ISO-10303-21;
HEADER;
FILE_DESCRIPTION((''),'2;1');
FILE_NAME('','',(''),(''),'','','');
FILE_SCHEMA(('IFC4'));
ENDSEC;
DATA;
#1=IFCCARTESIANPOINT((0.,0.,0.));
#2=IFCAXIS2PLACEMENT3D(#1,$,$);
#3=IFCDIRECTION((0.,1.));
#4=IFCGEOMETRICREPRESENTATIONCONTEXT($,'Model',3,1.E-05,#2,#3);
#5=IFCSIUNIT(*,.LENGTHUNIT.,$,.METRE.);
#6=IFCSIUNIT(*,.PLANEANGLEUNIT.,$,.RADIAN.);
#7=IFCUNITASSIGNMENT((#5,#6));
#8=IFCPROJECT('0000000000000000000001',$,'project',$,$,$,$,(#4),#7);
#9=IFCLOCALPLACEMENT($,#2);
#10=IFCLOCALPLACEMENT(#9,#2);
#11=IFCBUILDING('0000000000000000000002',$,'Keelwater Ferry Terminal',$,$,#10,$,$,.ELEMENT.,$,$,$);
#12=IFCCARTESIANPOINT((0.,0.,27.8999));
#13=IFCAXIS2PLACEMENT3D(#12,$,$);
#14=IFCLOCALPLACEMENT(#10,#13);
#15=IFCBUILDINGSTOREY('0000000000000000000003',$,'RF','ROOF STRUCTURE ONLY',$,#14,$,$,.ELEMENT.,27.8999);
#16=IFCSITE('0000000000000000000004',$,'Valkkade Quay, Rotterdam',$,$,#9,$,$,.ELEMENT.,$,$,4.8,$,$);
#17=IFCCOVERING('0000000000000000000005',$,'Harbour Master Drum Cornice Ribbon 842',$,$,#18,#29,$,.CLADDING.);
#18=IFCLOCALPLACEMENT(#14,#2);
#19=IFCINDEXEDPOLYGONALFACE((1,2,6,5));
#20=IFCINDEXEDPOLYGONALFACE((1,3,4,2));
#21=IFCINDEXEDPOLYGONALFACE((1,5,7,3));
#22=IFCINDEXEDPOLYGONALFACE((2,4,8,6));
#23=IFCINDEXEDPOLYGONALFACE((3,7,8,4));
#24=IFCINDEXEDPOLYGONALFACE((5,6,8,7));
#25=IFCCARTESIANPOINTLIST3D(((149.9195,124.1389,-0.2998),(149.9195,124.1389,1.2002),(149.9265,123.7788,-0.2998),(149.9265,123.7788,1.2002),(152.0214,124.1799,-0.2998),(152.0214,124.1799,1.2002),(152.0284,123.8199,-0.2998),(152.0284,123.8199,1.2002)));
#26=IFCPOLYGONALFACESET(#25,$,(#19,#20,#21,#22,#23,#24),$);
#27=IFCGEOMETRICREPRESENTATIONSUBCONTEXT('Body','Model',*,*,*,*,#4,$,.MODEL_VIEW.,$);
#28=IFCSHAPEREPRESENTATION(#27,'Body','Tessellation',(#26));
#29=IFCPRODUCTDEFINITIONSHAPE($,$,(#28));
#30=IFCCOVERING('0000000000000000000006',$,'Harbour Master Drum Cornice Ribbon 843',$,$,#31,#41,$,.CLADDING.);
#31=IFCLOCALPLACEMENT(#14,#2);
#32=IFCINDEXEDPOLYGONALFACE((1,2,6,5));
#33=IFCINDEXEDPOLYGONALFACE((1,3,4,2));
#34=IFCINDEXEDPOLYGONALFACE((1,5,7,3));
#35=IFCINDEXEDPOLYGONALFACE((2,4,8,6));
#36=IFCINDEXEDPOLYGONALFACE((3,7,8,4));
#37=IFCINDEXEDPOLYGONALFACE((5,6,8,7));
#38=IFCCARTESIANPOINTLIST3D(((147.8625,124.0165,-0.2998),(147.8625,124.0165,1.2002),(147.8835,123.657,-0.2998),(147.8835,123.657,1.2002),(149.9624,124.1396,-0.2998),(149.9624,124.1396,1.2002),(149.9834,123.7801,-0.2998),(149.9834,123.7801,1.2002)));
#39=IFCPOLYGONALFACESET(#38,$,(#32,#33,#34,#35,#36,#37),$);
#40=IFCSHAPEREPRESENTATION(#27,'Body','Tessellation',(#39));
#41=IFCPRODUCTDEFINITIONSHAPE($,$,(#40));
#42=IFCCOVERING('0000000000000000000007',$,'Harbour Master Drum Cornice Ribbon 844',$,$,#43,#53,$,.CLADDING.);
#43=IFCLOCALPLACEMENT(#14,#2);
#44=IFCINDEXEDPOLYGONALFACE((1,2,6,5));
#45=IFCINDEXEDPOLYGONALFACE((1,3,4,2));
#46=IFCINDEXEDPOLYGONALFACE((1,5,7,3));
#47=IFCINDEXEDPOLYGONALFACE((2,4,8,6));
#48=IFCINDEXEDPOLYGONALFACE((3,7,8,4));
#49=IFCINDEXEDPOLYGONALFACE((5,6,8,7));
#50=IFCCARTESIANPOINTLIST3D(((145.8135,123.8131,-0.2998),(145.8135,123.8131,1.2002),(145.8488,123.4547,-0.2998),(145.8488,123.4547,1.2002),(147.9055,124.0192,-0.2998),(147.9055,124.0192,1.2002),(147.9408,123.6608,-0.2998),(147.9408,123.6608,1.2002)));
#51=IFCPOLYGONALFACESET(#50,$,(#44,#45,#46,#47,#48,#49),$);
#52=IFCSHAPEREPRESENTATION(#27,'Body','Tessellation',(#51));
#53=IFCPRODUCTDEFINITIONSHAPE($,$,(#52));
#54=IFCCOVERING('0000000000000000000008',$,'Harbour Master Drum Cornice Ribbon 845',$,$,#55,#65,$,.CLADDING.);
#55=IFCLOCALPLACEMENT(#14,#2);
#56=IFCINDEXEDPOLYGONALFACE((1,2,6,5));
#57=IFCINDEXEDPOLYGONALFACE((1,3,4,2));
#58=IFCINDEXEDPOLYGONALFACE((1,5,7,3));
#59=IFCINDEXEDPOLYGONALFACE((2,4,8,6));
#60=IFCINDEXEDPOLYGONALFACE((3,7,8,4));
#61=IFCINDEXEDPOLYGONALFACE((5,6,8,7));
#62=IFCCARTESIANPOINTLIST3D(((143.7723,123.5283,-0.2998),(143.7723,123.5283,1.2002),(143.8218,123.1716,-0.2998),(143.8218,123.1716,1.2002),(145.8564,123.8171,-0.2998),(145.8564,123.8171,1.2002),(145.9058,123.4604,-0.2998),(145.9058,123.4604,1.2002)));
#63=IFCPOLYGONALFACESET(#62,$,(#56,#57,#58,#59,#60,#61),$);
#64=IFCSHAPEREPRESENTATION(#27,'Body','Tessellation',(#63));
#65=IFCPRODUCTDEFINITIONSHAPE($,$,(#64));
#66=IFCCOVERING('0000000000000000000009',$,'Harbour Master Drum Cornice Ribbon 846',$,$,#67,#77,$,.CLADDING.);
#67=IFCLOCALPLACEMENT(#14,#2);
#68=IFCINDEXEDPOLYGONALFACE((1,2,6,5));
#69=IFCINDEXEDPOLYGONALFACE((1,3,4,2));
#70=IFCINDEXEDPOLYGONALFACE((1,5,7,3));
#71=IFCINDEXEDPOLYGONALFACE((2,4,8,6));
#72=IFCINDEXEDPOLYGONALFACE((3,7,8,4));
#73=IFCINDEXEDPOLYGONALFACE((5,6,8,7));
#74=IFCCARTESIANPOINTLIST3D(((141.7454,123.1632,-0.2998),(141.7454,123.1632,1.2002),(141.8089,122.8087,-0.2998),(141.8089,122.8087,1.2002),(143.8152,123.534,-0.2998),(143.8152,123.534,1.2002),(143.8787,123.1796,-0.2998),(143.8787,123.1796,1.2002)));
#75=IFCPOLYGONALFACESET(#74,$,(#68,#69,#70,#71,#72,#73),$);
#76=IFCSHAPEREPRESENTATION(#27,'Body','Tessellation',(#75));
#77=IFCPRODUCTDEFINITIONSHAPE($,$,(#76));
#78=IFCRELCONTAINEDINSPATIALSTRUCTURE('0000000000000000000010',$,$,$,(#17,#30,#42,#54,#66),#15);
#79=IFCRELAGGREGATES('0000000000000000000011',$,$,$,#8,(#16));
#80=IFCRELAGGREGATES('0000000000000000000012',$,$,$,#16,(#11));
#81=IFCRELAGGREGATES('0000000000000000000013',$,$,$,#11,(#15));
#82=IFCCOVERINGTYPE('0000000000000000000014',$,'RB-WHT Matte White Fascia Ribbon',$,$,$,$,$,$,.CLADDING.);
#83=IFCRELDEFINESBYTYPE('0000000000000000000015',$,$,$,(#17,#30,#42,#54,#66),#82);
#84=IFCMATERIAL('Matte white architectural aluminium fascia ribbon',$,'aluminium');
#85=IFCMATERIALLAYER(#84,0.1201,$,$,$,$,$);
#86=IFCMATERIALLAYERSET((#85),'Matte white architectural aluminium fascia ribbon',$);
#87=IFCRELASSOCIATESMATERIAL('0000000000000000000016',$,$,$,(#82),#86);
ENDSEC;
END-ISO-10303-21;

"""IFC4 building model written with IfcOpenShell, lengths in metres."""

from ifc_helpers import new_model, si_unit, direction, frame, origin, place, context, subcontext, project, spatial, polyline, outline, extrude, material, layer, layer_set, type_object, element, save


model = new_model("IFC4")

# Units and contexts
model_context = context("Model", 3, precision=1e-05, world=origin(), true_north=direction((0.0, 1.0)))
body_context = subcontext(model_context, "Body", "Model", "MODEL_VIEW")
ifc_project = project(units=[si_unit("LENGTHUNIT", "METRE"), si_unit("PLANEANGLEUNIT", "RADIAN")], contexts=[model_context])

# Site, building, storey
site_placement = place(None, origin())
site = spatial("IfcSite", under=ifc_project, at=site_placement, Name="Valkkade Quay, Rotterdam", CompositionType="ELEMENT", RefElevation=4.8)
building_placement = place(site_placement, origin())
building = spatial("IfcBuilding", under=site, at=building_placement, Name="Keelwater Ferry Terminal", CompositionType="ELEMENT")
storey_placement = place(building_placement, frame((0.0, 0.0, 27.8999)))
storey = spatial("IfcBuildingStorey", under=building, at=storey_placement, Name="RF", Description="ROOF STRUCTURE ONLY", CompositionType="ELEMENT", Elevation=27.8999)

# Coverings
ifc_material_1 = material(Name="Matte white architectural aluminium fascia ribbon", Category="aluminium")
ifc_layer_1 = layer(ifc_material_1, 0.1201)
ifc_layer_set_1 = layer_set([ifc_layer_1], Name="Matte white architectural aluminium fascia ribbon")
covering_type = type_object("IfcCoveringType", Name="RB-WHT Matte White Fascia Ribbon", PredefinedType="CLADDING", material=ifc_layer_set_1)
for number, where, z_axis, x_axis, name in (
    (1, (152.0249, 124.0, -0.2998), (0.0, 0.0, 1.0), (-0.99981, -0.019511, 0.0), "Harbour Master Drum Cornice Ribbon 842"),
):
    element("IfcCovering", number, at=place(storey_placement, frame(where, z_axis=z_axis, x_axis=x_axis)), inside=storey, type_object=covering_type, Name=name, PredefinedType="CLADDING", context=body_context, shape_type="SweptSolid", body=[
        extrude(outline(polyline([(0.0, 0.0), (2.1023, 0.0), (2.1023, 1.5), (0.0, 1.5), (0.0, 0.0)])), frame((0.0, 0.1802, 0.0), z_axis=(0.0, -1.0, 0.0), x_axis=(1.0, 0.0, 0.0)), (0.0, 0.0, 1.0), 0.3601),
    ])
covering_1_placement = place(storey_placement, frame((149.9729, 123.96, -0.2998), z_axis=(0.0, 0.0, 1.0), x_axis=(-0.998288, -0.058497, 0.0)))
element("IfcCovering", 2, at=covering_1_placement, inside=storey, type_object=covering_type, Name="Harbour Master Drum Cornice Ribbon 843", PredefinedType="CLADDING", context=body_context, shape_type="SweptSolid", body=[
    extrude(outline(polyline([(0.0, 0.0), (2.1035, 0.0), (2.1035, 1.5), (0.0, 1.5), (0.0, 0.0)])), frame((0.0, 0.1802, 0.0), z_axis=(0.0, -1.0, 0.0), x_axis=(1.0, 0.0, 0.0)), (0.0, 0.0, 1.0), 0.3601),
])
covering_2_placement = place(storey_placement, frame((147.9231, 123.8401, -0.2998), z_axis=(0.0, 0.0, 1.0), x_axis=(-0.995184, -0.09802, 0.0)))
element("IfcCovering", 3, at=covering_2_placement, inside=storey, type_object=covering_type, Name="Harbour Master Drum Cornice Ribbon 844", PredefinedType="CLADDING", context=body_context, shape_type="SweptSolid", body=[
    extrude(outline(polyline([(0.0, 0.0), (2.1021, 0.0), (2.1021, 1.5), (0.0, 1.5), (0.0, 0.0)])), frame((0.0, 0.1802, 0.0), z_axis=(0.0, -1.0, 0.0), x_axis=(1.0, 0.0, 0.0)), (0.0, 0.0, 1.0), 0.3601),
])
covering_3_placement = place(storey_placement, frame((145.8811, 123.6389, -0.2998), z_axis=(0.0, 0.0, 1.0), x_axis=(-0.990533, -0.137277, 0.0)))
element("IfcCovering", 4, at=covering_3_placement, inside=storey, type_object=covering_type, Name="Harbour Master Drum Cornice Ribbon 845", PredefinedType="CLADDING", context=body_context, shape_type="SweptSolid", body=[
    extrude(outline(polyline([(0.0, 0.0), (2.104, 0.0), (2.104, 1.5), (0.0, 1.5), (0.0, 0.0)])), frame((0.0, 0.1802, 0.0), z_axis=(0.0, -1.0, 0.0), x_axis=(1.0, 0.0, 0.0)), (0.0, 0.0, 1.0), 0.3601),
])
covering_4_placement = place(storey_placement, frame((143.8469, 123.3569, -0.2998), z_axis=(0.0, 0.0, 1.0), x_axis=(-0.984326, -0.176361, 0.0)))
element("IfcCovering", 5, at=covering_4_placement, inside=storey, type_object=covering_type, Name="Harbour Master Drum Cornice Ribbon 846", PredefinedType="CLADDING", context=body_context, shape_type="SweptSolid", body=[
    extrude(outline(polyline([(0.0, 0.0), (2.1028, 0.0), (2.1028, 1.5), (0.0, 1.5), (0.0, 0.0)])), frame((0.0, 0.1802, 0.0), z_axis=(0.0, -1.0, 0.0), x_axis=(1.0, 0.0, 0.0)), (0.0, 0.0, 1.0), 0.3601),
])

save(model, "model.ifc")
